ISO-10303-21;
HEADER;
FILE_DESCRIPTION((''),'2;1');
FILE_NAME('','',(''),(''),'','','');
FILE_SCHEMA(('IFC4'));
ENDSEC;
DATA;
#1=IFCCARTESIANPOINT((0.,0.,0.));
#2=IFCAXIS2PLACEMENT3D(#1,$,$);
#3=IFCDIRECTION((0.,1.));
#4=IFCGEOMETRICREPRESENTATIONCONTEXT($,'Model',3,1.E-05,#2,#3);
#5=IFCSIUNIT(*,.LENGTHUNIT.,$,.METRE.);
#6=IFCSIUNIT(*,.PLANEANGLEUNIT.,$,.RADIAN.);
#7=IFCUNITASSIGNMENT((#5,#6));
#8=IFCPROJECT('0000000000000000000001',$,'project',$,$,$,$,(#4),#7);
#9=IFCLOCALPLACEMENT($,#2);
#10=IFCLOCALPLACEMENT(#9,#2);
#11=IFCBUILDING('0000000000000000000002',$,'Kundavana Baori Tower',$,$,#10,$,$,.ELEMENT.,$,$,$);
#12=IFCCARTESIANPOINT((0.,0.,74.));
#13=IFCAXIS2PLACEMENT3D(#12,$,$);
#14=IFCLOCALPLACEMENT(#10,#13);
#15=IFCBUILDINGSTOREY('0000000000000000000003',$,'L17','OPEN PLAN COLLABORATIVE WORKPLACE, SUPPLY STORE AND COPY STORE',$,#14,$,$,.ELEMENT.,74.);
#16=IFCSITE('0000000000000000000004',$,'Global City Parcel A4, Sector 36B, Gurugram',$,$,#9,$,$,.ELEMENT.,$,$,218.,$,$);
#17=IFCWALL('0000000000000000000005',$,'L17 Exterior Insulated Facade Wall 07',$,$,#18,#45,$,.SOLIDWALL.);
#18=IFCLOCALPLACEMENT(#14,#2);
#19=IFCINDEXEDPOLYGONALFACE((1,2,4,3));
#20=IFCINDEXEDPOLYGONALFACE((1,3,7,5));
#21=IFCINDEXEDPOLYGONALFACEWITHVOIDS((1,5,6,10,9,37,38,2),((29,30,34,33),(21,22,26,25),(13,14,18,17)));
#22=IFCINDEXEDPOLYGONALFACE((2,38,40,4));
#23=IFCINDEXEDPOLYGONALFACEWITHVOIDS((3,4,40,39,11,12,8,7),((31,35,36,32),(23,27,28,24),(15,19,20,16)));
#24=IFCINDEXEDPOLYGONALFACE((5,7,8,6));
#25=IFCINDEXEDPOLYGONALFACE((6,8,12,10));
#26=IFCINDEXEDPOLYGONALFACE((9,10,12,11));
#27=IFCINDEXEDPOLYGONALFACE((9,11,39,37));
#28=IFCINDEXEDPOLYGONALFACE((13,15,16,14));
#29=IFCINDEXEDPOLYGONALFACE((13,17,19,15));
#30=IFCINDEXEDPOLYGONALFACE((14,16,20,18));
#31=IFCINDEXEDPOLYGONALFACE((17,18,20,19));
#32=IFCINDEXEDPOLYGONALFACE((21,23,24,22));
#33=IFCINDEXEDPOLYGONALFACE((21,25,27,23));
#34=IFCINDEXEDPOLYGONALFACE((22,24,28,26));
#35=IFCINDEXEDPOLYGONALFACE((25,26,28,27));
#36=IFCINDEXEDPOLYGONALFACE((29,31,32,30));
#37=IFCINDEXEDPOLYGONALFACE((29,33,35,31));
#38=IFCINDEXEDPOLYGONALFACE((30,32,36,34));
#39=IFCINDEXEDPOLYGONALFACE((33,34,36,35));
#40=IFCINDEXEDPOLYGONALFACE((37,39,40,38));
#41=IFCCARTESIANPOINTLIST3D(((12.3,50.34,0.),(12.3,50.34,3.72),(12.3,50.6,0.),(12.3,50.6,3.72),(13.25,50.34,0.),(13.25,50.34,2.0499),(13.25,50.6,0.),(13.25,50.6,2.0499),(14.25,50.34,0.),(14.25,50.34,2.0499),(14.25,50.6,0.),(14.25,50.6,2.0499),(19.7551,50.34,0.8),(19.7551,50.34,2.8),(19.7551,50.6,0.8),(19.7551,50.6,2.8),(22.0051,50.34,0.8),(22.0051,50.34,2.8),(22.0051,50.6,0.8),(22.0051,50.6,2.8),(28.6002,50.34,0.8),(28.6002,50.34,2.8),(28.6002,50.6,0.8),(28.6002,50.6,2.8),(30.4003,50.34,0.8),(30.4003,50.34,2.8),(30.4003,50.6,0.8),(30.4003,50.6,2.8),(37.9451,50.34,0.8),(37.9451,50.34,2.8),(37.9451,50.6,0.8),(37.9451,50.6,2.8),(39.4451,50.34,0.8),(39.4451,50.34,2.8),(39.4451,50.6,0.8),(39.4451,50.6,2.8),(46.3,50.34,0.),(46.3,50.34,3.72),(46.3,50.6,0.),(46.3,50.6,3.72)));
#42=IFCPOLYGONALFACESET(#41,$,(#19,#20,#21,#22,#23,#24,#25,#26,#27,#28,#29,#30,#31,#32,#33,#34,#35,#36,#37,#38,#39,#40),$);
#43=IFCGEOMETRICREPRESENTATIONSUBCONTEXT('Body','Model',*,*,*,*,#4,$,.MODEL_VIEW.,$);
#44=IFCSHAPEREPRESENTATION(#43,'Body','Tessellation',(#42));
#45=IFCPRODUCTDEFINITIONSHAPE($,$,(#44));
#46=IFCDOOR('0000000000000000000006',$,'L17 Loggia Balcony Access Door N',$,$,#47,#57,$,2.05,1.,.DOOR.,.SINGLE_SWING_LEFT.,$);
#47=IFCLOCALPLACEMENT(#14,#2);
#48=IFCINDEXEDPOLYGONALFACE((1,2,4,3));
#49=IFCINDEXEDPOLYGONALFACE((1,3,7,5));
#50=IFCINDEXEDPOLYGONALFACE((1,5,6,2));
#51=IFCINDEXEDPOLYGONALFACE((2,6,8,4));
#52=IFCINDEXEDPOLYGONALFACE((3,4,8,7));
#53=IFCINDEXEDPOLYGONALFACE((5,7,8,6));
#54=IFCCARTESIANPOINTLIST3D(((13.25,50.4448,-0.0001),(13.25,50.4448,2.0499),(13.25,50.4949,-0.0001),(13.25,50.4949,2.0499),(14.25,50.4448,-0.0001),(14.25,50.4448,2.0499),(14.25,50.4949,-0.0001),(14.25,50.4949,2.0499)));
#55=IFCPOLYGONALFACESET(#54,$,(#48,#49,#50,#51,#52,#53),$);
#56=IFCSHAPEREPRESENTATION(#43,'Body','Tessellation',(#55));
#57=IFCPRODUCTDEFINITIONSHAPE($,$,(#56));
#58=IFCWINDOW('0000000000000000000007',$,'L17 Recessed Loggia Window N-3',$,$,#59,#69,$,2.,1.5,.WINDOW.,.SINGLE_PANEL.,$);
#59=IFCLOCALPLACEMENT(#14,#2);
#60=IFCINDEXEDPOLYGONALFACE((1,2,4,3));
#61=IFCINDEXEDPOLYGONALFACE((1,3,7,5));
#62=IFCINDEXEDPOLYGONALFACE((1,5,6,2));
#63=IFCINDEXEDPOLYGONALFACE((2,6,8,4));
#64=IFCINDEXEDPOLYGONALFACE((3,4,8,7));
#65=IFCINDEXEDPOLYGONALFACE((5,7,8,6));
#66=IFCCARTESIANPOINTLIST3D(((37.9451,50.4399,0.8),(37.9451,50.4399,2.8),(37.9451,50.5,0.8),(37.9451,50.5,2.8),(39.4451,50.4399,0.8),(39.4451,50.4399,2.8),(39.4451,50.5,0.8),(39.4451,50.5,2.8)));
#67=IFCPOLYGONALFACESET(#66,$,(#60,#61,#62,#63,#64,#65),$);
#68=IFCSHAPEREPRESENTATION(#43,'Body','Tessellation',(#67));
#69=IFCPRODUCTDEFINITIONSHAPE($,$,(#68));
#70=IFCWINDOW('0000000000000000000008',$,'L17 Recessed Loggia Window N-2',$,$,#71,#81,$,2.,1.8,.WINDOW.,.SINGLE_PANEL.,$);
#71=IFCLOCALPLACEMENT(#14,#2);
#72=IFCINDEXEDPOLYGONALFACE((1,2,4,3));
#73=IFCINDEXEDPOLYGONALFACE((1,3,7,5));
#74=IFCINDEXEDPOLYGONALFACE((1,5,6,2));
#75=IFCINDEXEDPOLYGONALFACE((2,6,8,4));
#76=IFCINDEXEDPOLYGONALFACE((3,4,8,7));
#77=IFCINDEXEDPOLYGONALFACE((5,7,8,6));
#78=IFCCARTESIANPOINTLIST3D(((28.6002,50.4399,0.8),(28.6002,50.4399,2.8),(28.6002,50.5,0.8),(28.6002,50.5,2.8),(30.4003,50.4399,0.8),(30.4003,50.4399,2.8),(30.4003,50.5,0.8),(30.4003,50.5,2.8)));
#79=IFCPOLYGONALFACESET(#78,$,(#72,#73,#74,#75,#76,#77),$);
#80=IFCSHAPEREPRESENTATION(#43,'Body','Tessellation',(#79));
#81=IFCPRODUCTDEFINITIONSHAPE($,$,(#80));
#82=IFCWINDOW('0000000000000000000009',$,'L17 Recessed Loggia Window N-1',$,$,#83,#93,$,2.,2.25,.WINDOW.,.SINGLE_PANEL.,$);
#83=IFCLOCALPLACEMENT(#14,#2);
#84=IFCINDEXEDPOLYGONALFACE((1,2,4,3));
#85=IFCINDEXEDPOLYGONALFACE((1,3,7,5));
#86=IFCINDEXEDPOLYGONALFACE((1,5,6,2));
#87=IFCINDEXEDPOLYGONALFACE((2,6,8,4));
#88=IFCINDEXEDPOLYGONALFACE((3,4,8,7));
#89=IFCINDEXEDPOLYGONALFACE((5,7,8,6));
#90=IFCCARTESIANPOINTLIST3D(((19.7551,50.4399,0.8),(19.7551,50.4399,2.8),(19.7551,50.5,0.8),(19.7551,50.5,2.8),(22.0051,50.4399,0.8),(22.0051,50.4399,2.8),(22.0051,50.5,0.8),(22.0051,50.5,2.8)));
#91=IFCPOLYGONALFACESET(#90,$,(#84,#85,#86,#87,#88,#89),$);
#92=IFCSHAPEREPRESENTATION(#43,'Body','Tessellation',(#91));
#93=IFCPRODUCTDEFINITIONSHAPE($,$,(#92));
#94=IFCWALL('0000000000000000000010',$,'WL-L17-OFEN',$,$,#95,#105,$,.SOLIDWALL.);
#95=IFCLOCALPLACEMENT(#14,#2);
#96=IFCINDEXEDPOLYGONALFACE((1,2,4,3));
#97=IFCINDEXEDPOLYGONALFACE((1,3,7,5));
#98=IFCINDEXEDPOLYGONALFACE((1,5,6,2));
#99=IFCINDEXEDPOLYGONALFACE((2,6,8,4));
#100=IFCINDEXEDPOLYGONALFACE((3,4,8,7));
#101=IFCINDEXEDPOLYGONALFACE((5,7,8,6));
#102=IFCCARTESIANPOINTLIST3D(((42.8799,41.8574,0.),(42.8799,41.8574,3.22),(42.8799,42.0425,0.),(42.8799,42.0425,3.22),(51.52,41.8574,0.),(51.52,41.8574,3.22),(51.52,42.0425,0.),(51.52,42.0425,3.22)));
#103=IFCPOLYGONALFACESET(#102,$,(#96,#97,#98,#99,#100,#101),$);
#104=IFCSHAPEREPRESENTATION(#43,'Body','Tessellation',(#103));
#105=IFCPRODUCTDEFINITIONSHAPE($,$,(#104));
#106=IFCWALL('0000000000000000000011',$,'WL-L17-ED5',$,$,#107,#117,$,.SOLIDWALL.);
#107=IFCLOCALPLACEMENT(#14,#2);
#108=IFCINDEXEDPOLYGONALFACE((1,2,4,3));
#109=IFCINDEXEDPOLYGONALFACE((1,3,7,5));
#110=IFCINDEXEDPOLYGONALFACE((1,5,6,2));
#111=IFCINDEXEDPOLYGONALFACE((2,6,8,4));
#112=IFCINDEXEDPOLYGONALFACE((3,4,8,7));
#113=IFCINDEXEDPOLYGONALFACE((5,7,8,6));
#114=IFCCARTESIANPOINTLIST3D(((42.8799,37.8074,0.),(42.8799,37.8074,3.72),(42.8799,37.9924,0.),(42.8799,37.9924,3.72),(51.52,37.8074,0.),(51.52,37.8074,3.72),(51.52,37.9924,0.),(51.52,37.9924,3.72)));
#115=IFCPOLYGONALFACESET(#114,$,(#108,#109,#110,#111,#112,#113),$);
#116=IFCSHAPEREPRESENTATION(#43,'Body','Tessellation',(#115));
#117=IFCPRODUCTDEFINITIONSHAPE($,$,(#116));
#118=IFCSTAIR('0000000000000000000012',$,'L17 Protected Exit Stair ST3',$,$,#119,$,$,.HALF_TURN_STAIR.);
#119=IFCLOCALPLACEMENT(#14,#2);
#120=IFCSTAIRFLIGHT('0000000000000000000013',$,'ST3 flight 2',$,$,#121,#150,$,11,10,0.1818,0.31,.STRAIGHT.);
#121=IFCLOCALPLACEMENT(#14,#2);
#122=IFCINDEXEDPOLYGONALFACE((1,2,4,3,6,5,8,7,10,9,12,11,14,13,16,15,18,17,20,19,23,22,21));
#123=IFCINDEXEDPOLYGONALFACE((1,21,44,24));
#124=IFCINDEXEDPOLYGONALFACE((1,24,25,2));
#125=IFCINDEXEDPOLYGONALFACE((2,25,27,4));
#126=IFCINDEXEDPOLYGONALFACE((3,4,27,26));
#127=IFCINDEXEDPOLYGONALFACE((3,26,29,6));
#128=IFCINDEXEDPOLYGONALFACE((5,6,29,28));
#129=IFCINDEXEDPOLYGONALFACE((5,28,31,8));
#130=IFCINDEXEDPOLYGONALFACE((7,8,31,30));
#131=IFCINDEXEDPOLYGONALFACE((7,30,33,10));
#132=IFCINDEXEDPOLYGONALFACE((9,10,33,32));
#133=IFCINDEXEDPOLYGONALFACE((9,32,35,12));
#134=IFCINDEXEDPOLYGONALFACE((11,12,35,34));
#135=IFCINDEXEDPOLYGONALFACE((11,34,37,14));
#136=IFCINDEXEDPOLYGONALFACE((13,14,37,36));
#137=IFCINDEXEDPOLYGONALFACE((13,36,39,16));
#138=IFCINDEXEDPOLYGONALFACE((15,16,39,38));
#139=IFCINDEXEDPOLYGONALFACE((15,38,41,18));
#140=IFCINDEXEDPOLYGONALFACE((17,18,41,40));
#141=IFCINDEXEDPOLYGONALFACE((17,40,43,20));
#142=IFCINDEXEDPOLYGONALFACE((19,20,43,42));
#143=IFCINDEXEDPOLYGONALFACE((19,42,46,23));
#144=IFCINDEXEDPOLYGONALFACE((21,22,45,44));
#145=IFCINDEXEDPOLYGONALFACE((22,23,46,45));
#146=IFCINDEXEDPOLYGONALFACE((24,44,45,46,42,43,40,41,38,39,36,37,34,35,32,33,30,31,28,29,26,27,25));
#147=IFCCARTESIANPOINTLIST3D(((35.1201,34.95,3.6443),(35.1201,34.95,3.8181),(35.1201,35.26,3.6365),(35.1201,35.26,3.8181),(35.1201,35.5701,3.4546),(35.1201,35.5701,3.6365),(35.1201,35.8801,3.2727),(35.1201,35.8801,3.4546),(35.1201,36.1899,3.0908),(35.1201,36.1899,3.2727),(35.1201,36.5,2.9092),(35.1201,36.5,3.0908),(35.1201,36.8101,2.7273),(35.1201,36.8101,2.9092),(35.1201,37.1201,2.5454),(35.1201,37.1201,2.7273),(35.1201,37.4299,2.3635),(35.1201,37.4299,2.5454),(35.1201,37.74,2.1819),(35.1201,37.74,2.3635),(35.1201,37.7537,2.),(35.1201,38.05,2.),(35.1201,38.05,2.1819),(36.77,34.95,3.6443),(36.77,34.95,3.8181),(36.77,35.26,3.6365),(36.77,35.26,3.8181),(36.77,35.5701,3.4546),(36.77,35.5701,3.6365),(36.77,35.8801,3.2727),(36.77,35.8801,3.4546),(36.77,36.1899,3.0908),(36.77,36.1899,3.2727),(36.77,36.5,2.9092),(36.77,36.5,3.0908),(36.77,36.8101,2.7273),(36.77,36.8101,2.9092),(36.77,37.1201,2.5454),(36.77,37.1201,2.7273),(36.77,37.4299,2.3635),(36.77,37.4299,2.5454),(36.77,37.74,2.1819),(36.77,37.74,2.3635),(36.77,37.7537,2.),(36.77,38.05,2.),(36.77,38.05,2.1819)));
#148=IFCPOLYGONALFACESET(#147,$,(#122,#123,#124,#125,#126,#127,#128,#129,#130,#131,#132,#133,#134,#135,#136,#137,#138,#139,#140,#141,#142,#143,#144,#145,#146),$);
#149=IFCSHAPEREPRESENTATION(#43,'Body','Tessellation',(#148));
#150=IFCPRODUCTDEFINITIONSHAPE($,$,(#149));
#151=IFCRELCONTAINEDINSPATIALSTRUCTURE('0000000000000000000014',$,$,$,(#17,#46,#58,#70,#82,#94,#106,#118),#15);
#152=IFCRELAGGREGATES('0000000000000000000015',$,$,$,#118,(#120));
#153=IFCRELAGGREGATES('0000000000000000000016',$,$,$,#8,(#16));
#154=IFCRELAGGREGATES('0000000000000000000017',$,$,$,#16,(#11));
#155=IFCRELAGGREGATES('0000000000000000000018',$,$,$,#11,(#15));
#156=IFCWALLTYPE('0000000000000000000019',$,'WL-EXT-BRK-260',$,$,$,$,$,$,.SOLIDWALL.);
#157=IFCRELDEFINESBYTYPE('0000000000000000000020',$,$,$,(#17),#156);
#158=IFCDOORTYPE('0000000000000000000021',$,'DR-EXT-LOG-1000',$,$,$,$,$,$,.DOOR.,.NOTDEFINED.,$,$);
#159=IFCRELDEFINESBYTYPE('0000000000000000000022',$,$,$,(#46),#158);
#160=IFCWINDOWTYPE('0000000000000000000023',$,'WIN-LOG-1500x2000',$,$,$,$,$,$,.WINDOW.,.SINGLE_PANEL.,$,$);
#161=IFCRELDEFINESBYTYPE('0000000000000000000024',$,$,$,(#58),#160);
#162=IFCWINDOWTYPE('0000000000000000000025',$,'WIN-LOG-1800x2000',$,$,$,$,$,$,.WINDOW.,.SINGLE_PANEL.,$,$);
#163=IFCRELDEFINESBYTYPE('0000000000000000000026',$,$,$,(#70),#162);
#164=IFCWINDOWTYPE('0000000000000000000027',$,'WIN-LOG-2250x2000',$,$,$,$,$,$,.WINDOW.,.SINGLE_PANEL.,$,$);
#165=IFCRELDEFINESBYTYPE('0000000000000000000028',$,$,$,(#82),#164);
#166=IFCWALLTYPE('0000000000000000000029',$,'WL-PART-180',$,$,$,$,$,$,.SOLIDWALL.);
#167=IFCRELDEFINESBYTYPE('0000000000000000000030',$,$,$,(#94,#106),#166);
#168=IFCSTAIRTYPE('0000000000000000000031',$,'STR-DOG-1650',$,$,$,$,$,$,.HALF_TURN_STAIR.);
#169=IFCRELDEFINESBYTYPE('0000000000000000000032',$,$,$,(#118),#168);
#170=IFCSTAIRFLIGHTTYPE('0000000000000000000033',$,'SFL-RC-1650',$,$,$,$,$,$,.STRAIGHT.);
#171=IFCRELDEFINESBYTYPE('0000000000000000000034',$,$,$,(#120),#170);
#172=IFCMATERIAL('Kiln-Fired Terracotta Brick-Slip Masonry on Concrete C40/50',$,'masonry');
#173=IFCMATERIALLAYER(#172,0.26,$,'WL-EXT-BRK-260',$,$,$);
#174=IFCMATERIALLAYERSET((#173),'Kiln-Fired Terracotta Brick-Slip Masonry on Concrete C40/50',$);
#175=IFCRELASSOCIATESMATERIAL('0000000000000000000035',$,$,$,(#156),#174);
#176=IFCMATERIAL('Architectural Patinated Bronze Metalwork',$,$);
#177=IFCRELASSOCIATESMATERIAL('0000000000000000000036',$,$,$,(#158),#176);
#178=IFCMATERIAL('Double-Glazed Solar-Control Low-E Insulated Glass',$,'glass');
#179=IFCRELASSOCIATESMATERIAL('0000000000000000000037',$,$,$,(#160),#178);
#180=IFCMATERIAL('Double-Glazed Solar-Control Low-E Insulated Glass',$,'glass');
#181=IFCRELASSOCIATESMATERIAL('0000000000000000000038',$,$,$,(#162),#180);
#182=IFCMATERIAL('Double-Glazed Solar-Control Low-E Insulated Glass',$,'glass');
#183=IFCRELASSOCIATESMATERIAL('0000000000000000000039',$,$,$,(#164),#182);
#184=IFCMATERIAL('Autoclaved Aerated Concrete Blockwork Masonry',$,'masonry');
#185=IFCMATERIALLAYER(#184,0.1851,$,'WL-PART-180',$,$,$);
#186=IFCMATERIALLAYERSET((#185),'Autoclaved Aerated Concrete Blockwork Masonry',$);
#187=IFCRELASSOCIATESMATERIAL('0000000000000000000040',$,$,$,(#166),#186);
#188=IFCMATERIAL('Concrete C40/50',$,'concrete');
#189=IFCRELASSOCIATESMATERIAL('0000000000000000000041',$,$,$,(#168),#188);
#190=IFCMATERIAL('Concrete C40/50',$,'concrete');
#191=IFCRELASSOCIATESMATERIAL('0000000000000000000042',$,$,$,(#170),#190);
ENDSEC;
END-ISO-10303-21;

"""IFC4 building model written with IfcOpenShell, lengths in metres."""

from ifc_helpers import new_model, si_unit, direction, frame, frame_2d, origin, place, context, subcontext, project, spatial, polyline, rectangle, outline, extrude, material, layer, layer_set, type_object, element, fill, aggregate, save


model = new_model("IFC4")

# Units and contexts
model_context = context("Model", 3, precision=1e-05, world=origin(), true_north=direction((0.0, 1.0)))
body_context = subcontext(model_context, "Body", "Model", "MODEL_VIEW")
ifc_project = project(units=[si_unit("LENGTHUNIT", "METRE"), si_unit("PLANEANGLEUNIT", "RADIAN")], contexts=[model_context])

# Site, building, storey
site_placement = place(None, origin())
site = spatial("IfcSite", under=ifc_project, at=site_placement, Name="Global City Parcel A4, Sector 36B, Gurugram", CompositionType="ELEMENT", RefElevation=218.0)
building_placement = place(site_placement, origin())
building = spatial("IfcBuilding", under=site, at=building_placement, Name="Kundavana Baori Tower", CompositionType="ELEMENT")
storey_placement = place(building_placement, frame((0.0, 0.0, 74.0)))
storey = spatial("IfcBuildingStorey", under=building, at=storey_placement, Name="L17", Description="OPEN PLAN COLLABORATIVE WORKPLACE, SUPPLY STORE AND COPY STORE", CompositionType="ELEMENT", Elevation=74.0)

# Shared definitions
ifc_material_1 = material(Name="Kiln-Fired Terracotta Brick-Slip Masonry on Concrete C40/50", Category="masonry")
ifc_layer_1 = layer(ifc_material_1, 0.26, Name="WL-EXT-BRK-260")
ifc_layer_set_1 = layer_set([ifc_layer_1], Name="Kiln-Fired Terracotta Brick-Slip Masonry on Concrete C40/50")
wall_type_1 = type_object("IfcWallType", Name="WL-EXT-BRK-260", PredefinedType="SOLIDWALL", material=ifc_layer_set_1)

# Wall, openings, door, windows
wall_1_placement = place(storey_placement, frame((46.3, 50.47, 0.0), z_axis=(0.0, 0.0, 1.0), x_axis=(-1.0, 0.0, 0.0)))
wall_1 = element("IfcWall", 1, at=wall_1_placement, inside=storey, type_object=wall_type_1, Name="L17 Exterior Insulated Facade Wall 07", PredefinedType="SOLIDWALL", context=body_context, shape_type="SweptSolid", body=[
    extrude(rectangle(XDim=34.0, YDim=0.26, at=frame_2d((17.0, 0.0))), origin(), (0.0, 0.0, 1.0), 3.72),
])
opening_1_placement = place(wall_1_placement, frame((32.05, 0.0, 0.0)))
opening_1 = element("IfcOpeningElement", 2, at=opening_1_placement, cuts=wall_1, PredefinedType="OPENING", context=body_context, shape_type="SweptSolid", body=[
    extrude(rectangle(XDim=1.0, YDim=2.05, at=frame_2d((0.5, 1.0249))), frame((0.0, 0.1401, 0.0), z_axis=(0.0, -1.0, 0.0), x_axis=(1.0, 0.0, 0.0)), (0.0, 0.0, 1.0), 0.28),
])
opening_2_placement = place(wall_1_placement, frame((24.2949, 0.0, 0.8)))
opening_2 = element("IfcOpeningElement", 3, at=opening_2_placement, cuts=wall_1, PredefinedType="OPENING", context=body_context, shape_type="SweptSolid", body=[
    extrude(rectangle(XDim=2.25, YDim=2.0, at=frame_2d((1.125, 1.0))), frame((0.0, 0.1401, 0.0), z_axis=(0.0, -1.0, 0.0), x_axis=(1.0, 0.0, 0.0)), (0.0, 0.0, 1.0), 0.28),
])
opening_3_placement = place(wall_1_placement, frame((15.8999, 0.0, 0.8)))
opening_3 = element("IfcOpeningElement", 4, at=opening_3_placement, cuts=wall_1, PredefinedType="OPENING", context=body_context, shape_type="SweptSolid", body=[
    extrude(rectangle(XDim=1.8, YDim=2.0, at=frame_2d((0.8999, 1.0))), frame((0.0, 0.1401, 0.0), z_axis=(0.0, -1.0, 0.0), x_axis=(1.0, 0.0, 0.0)), (0.0, 0.0, 1.0), 0.28),
])
opening_4_placement = place(wall_1_placement, frame((6.855, 0.0, 0.8)))
opening_4 = element("IfcOpeningElement", 5, at=opening_4_placement, cuts=wall_1, PredefinedType="OPENING", context=body_context, shape_type="SweptSolid", body=[
    extrude(rectangle(XDim=1.5, YDim=2.0, at=frame_2d((0.75, 1.0))), frame((0.0, 0.1401, 0.0), z_axis=(0.0, -1.0, 0.0), x_axis=(1.0, 0.0, 0.0)), (0.0, 0.0, 1.0), 0.28),
])
ifc_material_2 = material(Name="Architectural Patinated Bronze Metalwork")
door_type = type_object("IfcDoorType", Name="DR-EXT-LOG-1000", OperationType="NOTDEFINED", PredefinedType="DOOR", material=ifc_material_2)
door_placement = place(opening_1_placement, frame((1.0, 0.0, 0.0), z_axis=(0.0, 0.0, 1.0), x_axis=(-1.0, 0.0, 0.0)))
door = element("IfcDoor", 6, at=door_placement, inside=storey, type_object=door_type, Name="L17 Loggia Balcony Access Door N", OperationType="SINGLE_SWING_LEFT", OverallHeight=2.05, OverallWidth=1.0, PredefinedType="DOOR", context=body_context, shape_type="SweptSolid", body=[
    extrude(rectangle(XDim=1.0, YDim=2.05, at=frame_2d((0.5, 1.0249))), frame((0.0, 0.0249, 0.0), z_axis=(0.0, -1.0, 0.0), x_axis=(1.0, 0.0, 0.0)), (0.0, 0.0, 1.0), 0.05),
])
fill(opening_1, door)
ifc_material_3 = material(Name="Double-Glazed Solar-Control Low-E Insulated Glass", Category="glass")
window_type_1 = type_object("IfcWindowType", Name="WIN-LOG-1500x2000", PartitioningType="SINGLE_PANEL", PredefinedType="WINDOW", material=ifc_material_3)
window_1_placement = place(opening_4_placement, origin())
window_1 = element("IfcWindow", 7, at=window_1_placement, inside=storey, type_object=window_type_1, Name="L17 Recessed Loggia Window N-3", OverallHeight=2.0, OverallWidth=1.5, PartitioningType="SINGLE_PANEL", PredefinedType="WINDOW", context=body_context, shape_type="SweptSolid", body=[
    extrude(rectangle(XDim=1.5, YDim=2.0, at=frame_2d((0.75, 1.0))), frame((0.0, 0.03, 0.0), z_axis=(0.0, -1.0, 0.0), x_axis=(1.0, 0.0, 0.0)), (0.0, 0.0, 1.0), 0.0601),
])
fill(opening_4, window_1)
ifc_material_4 = material(Name="Double-Glazed Solar-Control Low-E Insulated Glass", Category="glass")
window_type_2 = type_object("IfcWindowType", Name="WIN-LOG-1800x2000", PartitioningType="SINGLE_PANEL", PredefinedType="WINDOW", material=ifc_material_4)
window_2_placement = place(opening_3_placement, origin())
window_2 = element("IfcWindow", 8, at=window_2_placement, inside=storey, type_object=window_type_2, Name="L17 Recessed Loggia Window N-2", OverallHeight=2.0, OverallWidth=1.8, PartitioningType="SINGLE_PANEL", PredefinedType="WINDOW", context=body_context, shape_type="SweptSolid", body=[
    extrude(rectangle(XDim=1.8, YDim=2.0, at=frame_2d((0.8999, 1.0))), frame((0.0, 0.03, 0.0), z_axis=(0.0, -1.0, 0.0), x_axis=(1.0, 0.0, 0.0)), (0.0, 0.0, 1.0), 0.0601),
])
fill(opening_3, window_2)
ifc_material_5 = material(Name="Double-Glazed Solar-Control Low-E Insulated Glass", Category="glass")
window_type_3 = type_object("IfcWindowType", Name="WIN-LOG-2250x2000", PartitioningType="SINGLE_PANEL", PredefinedType="WINDOW", material=ifc_material_5)
window_3_placement = place(opening_2_placement, origin())
window_3 = element("IfcWindow", 9, at=window_3_placement, inside=storey, type_object=window_type_3, Name="L17 Recessed Loggia Window N-1", OverallHeight=2.0, OverallWidth=2.25, PartitioningType="SINGLE_PANEL", PredefinedType="WINDOW", context=body_context, shape_type="SweptSolid", body=[
    extrude(rectangle(XDim=2.25, YDim=2.0, at=frame_2d((1.125, 1.0))), frame((0.0, 0.03, 0.0), z_axis=(0.0, -1.0, 0.0), x_axis=(1.0, 0.0, 0.0)), (0.0, 0.0, 1.0), 0.0601),
])
fill(opening_2, window_3)

# Walls
ifc_material_6 = material(Name="Autoclaved Aerated Concrete Blockwork Masonry", Category="masonry")
ifc_layer_2 = layer(ifc_material_6, 0.1851, Name="WL-PART-180")
ifc_layer_set_2 = layer_set([ifc_layer_2], Name="Autoclaved Aerated Concrete Blockwork Masonry")
wall_type_2 = type_object("IfcWallType", Name="WL-PART-180", PredefinedType="SOLIDWALL", material=ifc_layer_set_2)
wall_2_placement = place(storey_placement, frame((42.8799, 41.95, 0.0), z_axis=(0.0, 0.0, 1.0), x_axis=(1.0, 0.0, 0.0)))
element("IfcWall", 10, at=wall_2_placement, inside=storey, type_object=wall_type_2, Name="WL-L17-OFEN", PredefinedType="SOLIDWALL", context=body_context, shape_type="SweptSolid", body=[
    extrude(rectangle(XDim=8.6401, YDim=0.1851, at=frame_2d((4.3201, 0.0))), origin(), (0.0, 0.0, 1.0), 3.22),
])
wall_3_placement = place(storey_placement, frame((42.8799, 37.8999, 0.0), z_axis=(0.0, 0.0, 1.0), x_axis=(1.0, 0.0, 0.0)))
element("IfcWall", 11, at=wall_3_placement, inside=storey, type_object=wall_type_2, Name="WL-L17-ED5", PredefinedType="SOLIDWALL", context=body_context, shape_type="SweptSolid", body=[
    extrude(rectangle(XDim=8.6401, YDim=0.1851, at=frame_2d((4.3201, 0.0))), origin(), (0.0, 0.0, 1.0), 3.72),
])

# Stair, stair flight
ifc_material_7 = material(Name="Concrete C40/50", Category="concrete")
stair_type = type_object("IfcStairType", Name="STR-DOG-1650", PredefinedType="HALF_TURN_STAIR", material=ifc_material_7)
stair_placement = place(storey_placement, origin())
stair = element("IfcStair", 12, at=stair_placement, inside=storey, type_object=stair_type, Name="L17 Protected Exit Stair ST3", PredefinedType="HALF_TURN_STAIR")
ifc_material_8 = material(Name="Concrete C40/50", Category="concrete")
stair_flight_type = type_object("IfcStairFlightType", Name="SFL-RC-1650", PredefinedType="STRAIGHT", material=ifc_material_8)
stair_flight_placement = place(storey_placement, frame((35.9451, 38.05, 2.0), z_axis=(0.0, 0.0, 1.0), x_axis=(0.0, -1.0, 0.0)))
stair_flight = element("IfcStairFlight", 13, at=stair_flight_placement, type_object=stair_flight_type, Name="ST3 flight 2", NumberOfRisers=11, NumberOfTreads=10, PredefinedType="STRAIGHT", RiserHeight=0.1818, TreadLength=0.31, context=body_context, shape_type="SweptSolid", body=[
    extrude(outline(polyline([(0.0, 0.0), (0.0, 0.1819), (0.3101, 0.1819), (0.3101, 0.3635), (0.6201, 0.3635), (0.6201, 0.5454), (0.9299, 0.5454), (0.9299, 0.7273), (1.24, 0.7273), (1.24, 0.9092), (1.55, 0.9092), (1.55, 1.0908), (1.8601, 1.0908), (1.8601, 1.2727), (2.1699, 1.2727), (2.1699, 1.4546), (2.48, 1.4546), (2.48, 1.6365), (2.79, 1.6365), (2.79, 1.8181), (3.1001, 1.8181), (3.1001, 2.0), (3.1001, 1.6443), (0.2964, 0.0), (0.0, 0.0)])), frame((0.0, 0.825, 0.0), z_axis=(0.0, -1.0, 0.0), x_axis=(1.0, 0.0, 0.0)), (0.0, 0.0, 1.0), 1.6499),
])
aggregate(stair, [stair_flight])

save(model, "model.ifc")
